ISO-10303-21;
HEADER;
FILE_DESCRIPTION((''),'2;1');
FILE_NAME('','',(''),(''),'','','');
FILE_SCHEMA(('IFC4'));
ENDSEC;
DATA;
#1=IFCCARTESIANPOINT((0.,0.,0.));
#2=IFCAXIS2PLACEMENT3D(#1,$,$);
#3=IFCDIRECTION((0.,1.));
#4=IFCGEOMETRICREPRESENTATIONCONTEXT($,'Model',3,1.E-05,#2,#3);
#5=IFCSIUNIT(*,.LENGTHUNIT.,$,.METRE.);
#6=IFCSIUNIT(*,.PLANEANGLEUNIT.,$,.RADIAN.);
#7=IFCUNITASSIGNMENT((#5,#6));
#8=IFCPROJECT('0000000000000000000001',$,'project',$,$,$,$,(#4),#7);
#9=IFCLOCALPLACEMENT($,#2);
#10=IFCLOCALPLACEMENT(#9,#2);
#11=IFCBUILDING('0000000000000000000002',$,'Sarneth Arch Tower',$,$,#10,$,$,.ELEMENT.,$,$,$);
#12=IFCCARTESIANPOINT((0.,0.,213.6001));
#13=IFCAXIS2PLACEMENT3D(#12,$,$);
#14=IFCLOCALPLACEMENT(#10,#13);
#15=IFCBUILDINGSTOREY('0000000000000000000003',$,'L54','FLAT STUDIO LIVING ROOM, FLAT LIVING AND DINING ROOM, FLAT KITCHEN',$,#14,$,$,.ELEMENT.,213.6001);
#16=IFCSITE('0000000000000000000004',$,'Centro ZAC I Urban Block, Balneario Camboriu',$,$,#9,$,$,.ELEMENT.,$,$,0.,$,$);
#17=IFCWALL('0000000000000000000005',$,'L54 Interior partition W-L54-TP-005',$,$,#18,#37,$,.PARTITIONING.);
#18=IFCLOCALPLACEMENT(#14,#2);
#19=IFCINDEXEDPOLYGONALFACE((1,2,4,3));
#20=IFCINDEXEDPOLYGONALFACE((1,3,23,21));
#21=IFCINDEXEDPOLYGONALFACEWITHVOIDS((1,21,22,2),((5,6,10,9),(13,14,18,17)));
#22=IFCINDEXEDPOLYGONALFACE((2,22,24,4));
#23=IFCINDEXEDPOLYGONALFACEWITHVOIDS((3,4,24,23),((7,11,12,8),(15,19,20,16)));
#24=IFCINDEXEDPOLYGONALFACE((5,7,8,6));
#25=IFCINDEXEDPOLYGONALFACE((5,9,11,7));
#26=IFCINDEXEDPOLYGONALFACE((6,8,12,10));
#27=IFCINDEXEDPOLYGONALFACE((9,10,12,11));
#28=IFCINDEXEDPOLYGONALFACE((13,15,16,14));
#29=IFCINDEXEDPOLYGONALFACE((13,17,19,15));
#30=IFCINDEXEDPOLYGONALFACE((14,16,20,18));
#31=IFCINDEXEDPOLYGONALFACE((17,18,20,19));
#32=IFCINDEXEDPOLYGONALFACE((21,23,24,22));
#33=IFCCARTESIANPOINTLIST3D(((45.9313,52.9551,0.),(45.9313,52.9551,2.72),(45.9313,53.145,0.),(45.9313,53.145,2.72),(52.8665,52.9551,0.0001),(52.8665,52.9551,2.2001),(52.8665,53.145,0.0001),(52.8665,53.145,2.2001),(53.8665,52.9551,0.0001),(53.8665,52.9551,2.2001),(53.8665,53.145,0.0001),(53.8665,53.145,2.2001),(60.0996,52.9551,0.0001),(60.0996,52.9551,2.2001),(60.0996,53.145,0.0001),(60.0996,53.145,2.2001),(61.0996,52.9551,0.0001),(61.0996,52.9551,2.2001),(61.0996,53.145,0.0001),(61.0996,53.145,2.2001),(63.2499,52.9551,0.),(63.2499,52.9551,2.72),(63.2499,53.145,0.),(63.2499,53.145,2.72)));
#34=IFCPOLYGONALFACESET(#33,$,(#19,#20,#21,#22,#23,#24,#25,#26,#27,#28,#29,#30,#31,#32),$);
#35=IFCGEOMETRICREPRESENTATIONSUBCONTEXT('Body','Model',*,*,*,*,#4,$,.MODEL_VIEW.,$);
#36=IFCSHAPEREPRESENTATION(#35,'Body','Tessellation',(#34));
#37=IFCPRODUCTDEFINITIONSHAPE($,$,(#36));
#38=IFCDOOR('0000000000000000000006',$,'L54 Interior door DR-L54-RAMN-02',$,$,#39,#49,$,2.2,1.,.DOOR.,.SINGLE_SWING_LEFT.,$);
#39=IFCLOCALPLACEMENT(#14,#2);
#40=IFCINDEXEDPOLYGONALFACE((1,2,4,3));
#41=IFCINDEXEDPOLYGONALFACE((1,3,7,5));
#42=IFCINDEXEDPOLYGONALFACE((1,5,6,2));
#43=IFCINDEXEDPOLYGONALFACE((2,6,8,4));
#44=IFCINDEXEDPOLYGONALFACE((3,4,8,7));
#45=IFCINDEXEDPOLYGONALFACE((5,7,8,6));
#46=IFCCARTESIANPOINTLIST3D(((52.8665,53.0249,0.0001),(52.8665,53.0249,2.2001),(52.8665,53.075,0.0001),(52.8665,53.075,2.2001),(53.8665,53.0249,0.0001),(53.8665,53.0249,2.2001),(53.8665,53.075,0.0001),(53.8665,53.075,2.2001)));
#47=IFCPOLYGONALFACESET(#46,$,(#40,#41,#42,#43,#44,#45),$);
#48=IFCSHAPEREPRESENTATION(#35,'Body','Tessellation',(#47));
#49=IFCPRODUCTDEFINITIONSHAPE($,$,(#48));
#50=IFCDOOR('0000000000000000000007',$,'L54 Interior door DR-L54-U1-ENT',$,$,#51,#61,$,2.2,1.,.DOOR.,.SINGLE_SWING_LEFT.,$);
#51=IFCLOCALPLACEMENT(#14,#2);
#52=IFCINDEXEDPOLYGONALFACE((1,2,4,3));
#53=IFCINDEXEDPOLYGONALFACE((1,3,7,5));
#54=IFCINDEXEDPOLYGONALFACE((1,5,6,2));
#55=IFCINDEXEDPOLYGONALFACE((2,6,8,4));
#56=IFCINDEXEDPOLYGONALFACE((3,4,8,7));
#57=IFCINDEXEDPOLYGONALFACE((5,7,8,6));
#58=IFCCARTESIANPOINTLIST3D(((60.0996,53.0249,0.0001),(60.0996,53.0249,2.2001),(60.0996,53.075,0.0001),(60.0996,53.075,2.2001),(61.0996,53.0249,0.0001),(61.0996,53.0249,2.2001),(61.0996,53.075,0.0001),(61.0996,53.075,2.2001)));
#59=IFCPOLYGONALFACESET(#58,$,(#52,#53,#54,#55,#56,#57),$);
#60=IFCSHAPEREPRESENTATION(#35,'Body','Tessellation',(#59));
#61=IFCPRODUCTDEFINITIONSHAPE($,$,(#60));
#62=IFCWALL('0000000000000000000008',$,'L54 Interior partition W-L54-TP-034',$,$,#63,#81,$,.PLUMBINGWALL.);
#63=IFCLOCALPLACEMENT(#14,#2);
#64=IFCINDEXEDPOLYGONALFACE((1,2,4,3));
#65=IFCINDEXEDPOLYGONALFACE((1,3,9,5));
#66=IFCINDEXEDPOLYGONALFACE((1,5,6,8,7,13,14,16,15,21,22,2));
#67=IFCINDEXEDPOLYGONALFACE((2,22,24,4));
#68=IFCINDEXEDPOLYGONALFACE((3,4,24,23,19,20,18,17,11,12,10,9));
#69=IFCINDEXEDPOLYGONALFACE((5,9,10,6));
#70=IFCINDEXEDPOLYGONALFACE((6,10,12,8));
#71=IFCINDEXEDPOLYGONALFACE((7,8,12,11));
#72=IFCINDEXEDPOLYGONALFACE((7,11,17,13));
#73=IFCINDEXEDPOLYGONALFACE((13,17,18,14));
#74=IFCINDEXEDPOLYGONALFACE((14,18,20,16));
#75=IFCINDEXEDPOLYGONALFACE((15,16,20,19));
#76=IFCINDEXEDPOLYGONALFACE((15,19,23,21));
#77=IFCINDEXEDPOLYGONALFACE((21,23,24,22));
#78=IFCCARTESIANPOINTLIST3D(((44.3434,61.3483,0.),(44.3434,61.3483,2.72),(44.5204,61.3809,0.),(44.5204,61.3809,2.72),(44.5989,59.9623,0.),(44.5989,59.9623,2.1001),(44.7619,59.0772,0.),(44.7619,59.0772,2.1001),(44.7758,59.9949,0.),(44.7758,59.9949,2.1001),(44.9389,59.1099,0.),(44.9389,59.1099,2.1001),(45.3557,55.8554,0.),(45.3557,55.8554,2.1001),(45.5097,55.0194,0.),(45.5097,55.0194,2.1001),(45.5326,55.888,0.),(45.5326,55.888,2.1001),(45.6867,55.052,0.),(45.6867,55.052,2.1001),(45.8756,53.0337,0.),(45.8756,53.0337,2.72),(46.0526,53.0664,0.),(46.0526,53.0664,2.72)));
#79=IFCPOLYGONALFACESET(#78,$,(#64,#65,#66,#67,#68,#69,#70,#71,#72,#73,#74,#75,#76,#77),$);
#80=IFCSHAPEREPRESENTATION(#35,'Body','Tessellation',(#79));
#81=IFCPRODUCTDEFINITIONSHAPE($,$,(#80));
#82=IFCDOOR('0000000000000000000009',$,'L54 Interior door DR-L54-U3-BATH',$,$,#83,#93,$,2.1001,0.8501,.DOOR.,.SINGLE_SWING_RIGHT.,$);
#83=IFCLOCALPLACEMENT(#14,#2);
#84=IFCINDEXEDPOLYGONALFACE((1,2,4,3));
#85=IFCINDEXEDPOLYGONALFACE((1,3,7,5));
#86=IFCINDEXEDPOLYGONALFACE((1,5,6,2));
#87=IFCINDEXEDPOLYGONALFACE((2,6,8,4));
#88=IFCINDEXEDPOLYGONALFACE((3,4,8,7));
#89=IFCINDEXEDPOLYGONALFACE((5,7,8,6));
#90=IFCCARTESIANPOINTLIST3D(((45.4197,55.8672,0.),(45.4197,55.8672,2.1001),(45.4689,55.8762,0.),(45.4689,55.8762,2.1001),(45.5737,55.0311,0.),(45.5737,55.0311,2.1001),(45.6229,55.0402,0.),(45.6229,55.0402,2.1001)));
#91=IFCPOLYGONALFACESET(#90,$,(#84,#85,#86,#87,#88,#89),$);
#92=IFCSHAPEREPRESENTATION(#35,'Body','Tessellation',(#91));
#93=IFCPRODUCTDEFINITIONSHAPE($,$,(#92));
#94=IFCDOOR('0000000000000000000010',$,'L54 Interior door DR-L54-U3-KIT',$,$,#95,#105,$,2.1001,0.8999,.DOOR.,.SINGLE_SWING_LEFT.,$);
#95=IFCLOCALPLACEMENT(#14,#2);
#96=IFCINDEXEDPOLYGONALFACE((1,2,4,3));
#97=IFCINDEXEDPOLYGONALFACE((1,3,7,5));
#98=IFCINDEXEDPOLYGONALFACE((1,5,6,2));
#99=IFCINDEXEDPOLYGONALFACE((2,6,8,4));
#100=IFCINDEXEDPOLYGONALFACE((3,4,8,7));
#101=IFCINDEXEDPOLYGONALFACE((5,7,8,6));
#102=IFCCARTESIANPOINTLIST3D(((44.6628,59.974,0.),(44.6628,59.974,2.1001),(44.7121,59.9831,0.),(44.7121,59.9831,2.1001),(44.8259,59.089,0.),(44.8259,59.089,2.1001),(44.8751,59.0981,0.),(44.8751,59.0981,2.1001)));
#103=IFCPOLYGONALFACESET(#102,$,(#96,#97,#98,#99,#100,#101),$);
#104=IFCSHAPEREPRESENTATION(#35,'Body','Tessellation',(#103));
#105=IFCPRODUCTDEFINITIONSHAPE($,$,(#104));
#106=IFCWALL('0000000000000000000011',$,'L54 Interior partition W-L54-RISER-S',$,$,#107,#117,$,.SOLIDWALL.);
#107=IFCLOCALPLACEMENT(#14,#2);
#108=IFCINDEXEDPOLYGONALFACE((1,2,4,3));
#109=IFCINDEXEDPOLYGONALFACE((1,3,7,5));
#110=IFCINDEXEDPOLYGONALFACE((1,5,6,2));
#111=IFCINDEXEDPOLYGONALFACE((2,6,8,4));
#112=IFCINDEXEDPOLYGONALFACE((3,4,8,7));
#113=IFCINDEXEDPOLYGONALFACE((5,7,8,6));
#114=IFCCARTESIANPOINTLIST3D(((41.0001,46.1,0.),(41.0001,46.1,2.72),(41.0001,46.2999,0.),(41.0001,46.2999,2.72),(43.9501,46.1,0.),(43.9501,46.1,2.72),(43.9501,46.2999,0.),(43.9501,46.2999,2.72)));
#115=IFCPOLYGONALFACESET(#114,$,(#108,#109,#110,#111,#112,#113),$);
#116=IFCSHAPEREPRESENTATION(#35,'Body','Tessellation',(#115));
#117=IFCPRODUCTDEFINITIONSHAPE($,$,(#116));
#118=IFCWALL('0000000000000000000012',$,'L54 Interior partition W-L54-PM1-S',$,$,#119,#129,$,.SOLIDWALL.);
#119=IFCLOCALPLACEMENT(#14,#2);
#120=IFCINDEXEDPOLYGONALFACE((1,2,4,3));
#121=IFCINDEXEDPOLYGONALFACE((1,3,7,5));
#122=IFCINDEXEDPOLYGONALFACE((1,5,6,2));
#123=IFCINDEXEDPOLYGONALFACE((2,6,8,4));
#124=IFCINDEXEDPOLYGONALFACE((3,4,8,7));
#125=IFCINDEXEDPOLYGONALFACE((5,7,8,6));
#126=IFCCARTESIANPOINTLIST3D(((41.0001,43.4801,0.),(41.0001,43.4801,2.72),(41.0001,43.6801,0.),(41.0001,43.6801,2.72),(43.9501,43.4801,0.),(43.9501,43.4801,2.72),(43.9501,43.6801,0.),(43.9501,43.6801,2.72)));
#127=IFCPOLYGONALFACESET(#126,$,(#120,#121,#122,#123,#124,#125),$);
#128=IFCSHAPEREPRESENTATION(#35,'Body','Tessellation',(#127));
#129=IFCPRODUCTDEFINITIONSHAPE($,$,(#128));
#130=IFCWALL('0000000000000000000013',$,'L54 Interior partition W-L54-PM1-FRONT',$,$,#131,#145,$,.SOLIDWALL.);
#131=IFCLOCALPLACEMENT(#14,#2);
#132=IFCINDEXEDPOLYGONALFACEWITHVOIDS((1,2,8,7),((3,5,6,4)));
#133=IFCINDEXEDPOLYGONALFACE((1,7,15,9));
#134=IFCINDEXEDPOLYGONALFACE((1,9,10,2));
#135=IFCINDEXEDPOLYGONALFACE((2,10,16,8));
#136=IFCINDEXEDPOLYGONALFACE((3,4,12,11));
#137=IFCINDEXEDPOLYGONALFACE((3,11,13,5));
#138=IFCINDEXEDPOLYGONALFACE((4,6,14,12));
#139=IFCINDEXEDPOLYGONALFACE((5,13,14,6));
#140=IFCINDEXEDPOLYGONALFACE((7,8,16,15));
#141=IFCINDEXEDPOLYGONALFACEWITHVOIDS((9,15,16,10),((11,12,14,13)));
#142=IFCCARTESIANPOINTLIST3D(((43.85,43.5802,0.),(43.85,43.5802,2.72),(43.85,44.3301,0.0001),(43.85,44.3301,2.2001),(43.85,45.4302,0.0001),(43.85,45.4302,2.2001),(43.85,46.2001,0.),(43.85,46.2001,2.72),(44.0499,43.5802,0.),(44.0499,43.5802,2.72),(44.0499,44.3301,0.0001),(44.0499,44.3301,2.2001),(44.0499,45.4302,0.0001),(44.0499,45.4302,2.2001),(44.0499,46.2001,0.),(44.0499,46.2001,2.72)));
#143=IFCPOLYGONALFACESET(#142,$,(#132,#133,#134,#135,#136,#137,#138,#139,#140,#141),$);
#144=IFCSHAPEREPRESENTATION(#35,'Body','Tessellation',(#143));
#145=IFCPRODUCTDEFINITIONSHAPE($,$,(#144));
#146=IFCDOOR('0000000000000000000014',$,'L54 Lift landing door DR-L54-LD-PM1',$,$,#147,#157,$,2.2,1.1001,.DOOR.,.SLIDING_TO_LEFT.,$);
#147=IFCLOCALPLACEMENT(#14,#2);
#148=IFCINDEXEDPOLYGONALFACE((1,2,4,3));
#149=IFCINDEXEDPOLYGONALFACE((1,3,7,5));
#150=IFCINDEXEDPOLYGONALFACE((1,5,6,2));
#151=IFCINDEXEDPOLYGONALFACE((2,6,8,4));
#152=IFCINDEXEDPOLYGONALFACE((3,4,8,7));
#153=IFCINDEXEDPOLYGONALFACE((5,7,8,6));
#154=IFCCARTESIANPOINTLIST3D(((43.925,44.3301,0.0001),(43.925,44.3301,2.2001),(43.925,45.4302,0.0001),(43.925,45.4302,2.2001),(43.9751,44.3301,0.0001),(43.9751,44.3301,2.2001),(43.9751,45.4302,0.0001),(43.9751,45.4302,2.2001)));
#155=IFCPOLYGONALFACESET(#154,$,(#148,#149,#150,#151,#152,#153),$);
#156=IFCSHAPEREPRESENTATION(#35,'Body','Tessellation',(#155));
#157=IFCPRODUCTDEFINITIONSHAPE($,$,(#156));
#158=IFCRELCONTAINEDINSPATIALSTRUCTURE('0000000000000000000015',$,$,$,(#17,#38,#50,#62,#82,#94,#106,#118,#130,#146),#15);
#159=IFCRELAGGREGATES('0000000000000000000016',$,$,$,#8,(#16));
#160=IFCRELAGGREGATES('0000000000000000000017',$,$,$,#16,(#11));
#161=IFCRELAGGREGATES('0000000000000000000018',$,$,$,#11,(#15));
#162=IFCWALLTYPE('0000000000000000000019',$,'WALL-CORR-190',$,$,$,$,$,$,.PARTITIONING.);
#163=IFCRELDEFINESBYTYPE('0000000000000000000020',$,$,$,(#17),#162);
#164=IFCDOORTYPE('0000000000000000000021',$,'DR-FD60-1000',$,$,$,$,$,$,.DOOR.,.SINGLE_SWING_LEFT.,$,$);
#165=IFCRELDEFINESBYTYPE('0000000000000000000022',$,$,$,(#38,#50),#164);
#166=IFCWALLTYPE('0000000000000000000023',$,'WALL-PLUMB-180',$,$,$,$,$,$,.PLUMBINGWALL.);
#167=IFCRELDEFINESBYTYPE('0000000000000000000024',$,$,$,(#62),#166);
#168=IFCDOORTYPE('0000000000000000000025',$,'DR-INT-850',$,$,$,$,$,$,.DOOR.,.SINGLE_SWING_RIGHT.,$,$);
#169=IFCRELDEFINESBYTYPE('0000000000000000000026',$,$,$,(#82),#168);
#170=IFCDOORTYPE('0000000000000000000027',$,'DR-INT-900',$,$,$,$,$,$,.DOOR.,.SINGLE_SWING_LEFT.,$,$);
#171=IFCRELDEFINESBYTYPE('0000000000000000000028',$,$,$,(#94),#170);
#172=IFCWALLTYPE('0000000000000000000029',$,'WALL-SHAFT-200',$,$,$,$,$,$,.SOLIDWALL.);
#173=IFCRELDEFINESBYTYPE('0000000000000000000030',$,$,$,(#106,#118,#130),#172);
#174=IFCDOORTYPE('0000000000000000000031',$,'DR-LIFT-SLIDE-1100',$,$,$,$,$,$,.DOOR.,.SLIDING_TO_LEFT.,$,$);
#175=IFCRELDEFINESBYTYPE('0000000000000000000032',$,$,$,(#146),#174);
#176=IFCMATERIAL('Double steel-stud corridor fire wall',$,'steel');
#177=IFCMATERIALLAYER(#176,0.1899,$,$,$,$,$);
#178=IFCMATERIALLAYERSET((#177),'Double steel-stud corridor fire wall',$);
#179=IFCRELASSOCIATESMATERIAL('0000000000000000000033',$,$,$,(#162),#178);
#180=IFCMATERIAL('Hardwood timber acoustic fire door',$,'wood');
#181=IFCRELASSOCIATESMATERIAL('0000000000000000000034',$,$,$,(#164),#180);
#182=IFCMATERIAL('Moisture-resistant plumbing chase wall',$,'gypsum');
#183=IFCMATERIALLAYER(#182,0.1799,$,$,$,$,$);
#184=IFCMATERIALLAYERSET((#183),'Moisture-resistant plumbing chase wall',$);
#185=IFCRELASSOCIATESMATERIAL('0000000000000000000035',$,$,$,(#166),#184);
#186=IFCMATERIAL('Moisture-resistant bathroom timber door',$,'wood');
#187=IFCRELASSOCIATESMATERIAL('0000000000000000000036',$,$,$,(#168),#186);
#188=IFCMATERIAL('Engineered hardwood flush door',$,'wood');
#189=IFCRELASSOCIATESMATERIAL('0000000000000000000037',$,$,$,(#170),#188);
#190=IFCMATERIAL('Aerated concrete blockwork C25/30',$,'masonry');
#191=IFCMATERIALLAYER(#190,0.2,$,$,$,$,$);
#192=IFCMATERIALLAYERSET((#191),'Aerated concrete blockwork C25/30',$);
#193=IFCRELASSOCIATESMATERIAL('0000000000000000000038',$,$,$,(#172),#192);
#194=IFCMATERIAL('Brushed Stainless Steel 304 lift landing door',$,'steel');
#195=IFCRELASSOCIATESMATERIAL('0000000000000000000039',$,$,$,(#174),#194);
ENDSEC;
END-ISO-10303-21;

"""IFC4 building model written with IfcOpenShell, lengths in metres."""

from ifc_helpers import new_model, si_unit, direction, frame, frame_2d, origin, place, context, subcontext, project, spatial, rectangle, extrude, material, layer, layer_set, type_object, element, fill, save


model = new_model("IFC4")

# Units and contexts
model_context = context("Model", 3, precision=1e-05, world=origin(), true_north=direction((0.0, 1.0)))
body_context = subcontext(model_context, "Body", "Model", "MODEL_VIEW")
ifc_project = project(units=[si_unit("LENGTHUNIT", "METRE"), si_unit("PLANEANGLEUNIT", "RADIAN")], contexts=[model_context])

# Site, building, storey
site_placement = place(None, origin())
site = spatial("IfcSite", under=ifc_project, at=site_placement, Name="Centro ZAC I Urban Block, Balneario Camboriu", CompositionType="ELEMENT", RefElevation=0.0)
building_placement = place(site_placement, origin())
building = spatial("IfcBuilding", under=site, at=building_placement, Name="Sarneth Arch Tower", CompositionType="ELEMENT")
storey_placement = place(building_placement, frame((0.0, 0.0, 213.6001)))
storey = spatial("IfcBuildingStorey", under=building, at=storey_placement, Name="L54", Description="FLAT STUDIO LIVING ROOM, FLAT LIVING AND DINING ROOM, FLAT KITCHEN", CompositionType="ELEMENT", Elevation=213.6001)

# Walls, openings, doors
ifc_material_1 = material(Name="Double steel-stud corridor fire wall", Category="steel")
ifc_layer_1 = layer(ifc_material_1, 0.1899)
ifc_layer_set_1 = layer_set([ifc_layer_1], Name="Double steel-stud corridor fire wall")
wall_type_1 = type_object("IfcWallType", Name="WALL-CORR-190", PredefinedType="PARTITIONING", material=ifc_layer_set_1)
wall_1_placement = place(storey_placement, frame((45.9314, 53.05, 0.0), z_axis=(0.0, 0.0, 1.0), x_axis=(1.0, 0.0, 0.0)))
wall_1 = element("IfcWall", 1, at=wall_1_placement, inside=storey, type_object=wall_type_1, Name="L54 Interior partition W-L54-TP-005", PredefinedType="PARTITIONING", context=body_context, shape_type="SweptSolid", body=[
    extrude(rectangle(XDim=17.3186, YDim=0.1899, at=frame_2d((8.6592, 0.0))), origin(), (0.0, 0.0, 1.0), 2.72),
])
opening_1_placement = place(wall_1_placement, frame((6.9351, 0.0, 0.0)))
opening_1 = element("IfcOpeningElement", 2, at=opening_1_placement, cuts=wall_1, PredefinedType="OPENING", context=body_context, shape_type="SweptSolid", body=[
    extrude(rectangle(XDim=1.0, YDim=2.2, at=frame_2d((0.5, 1.1001))), frame((0.0, 0.105, 0.0), z_axis=(0.0, -1.0, 0.0), x_axis=(1.0, 0.0, 0.0)), (0.0, 0.0, 1.0), 0.21),
])
opening_2_placement = place(wall_1_placement, frame((14.1682, 0.0, 0.0)))
opening_2 = element("IfcOpeningElement", 3, at=opening_2_placement, cuts=wall_1, PredefinedType="OPENING", context=body_context, shape_type="SweptSolid", body=[
    extrude(rectangle(XDim=1.0, YDim=2.2, at=frame_2d((0.5, 1.1001))), frame((0.0, 0.105, 0.0), z_axis=(0.0, -1.0, 0.0), x_axis=(1.0, 0.0, 0.0)), (0.0, 0.0, 1.0), 0.21),
])
ifc_material_2 = material(Name="Hardwood timber acoustic fire door", Category="wood")
door_type_1 = type_object("IfcDoorType", Name="DR-FD60-1000", OperationType="SINGLE_SWING_LEFT", PredefinedType="DOOR", material=ifc_material_2)
door_1_placement = place(opening_1_placement, origin())
door_1 = element("IfcDoor", 4, at=door_1_placement, inside=storey, type_object=door_type_1, Name="L54 Interior door DR-L54-RAMN-02", OperationType="SINGLE_SWING_LEFT", OverallHeight=2.2, OverallWidth=1.0, PredefinedType="DOOR", context=body_context, shape_type="SweptSolid", body=[
    extrude(rectangle(XDim=1.0, YDim=2.2, at=frame_2d((0.5, 1.1001))), frame((0.0, 0.0249, 0.0), z_axis=(0.0, -1.0, 0.0), x_axis=(1.0, 0.0, 0.0)), (0.0, 0.0, 1.0), 0.05),
])
fill(opening_1, door_1)
door_2_placement = place(opening_2_placement, origin())
door_2 = element("IfcDoor", 5, at=door_2_placement, inside=storey, type_object=door_type_1, Name="L54 Interior door DR-L54-U1-ENT", OperationType="SINGLE_SWING_LEFT", OverallHeight=2.2, OverallWidth=1.0, PredefinedType="DOOR", context=body_context, shape_type="SweptSolid", body=[
    extrude(rectangle(XDim=1.0, YDim=2.2, at=frame_2d((0.5, 1.1001))), frame((0.0, 0.0249, 0.0), z_axis=(0.0, -1.0, 0.0), x_axis=(1.0, 0.0, 0.0)), (0.0, 0.0, 1.0), 0.05),
])
fill(opening_2, door_2)
ifc_material_3 = material(Name="Moisture-resistant plumbing chase wall", Category="gypsum")
ifc_layer_2 = layer(ifc_material_3, 0.1799)
ifc_layer_set_2 = layer_set([ifc_layer_2], Name="Moisture-resistant plumbing chase wall")
wall_type_2 = type_object("IfcWallType", Name="WALL-PLUMB-180", PredefinedType="PLUMBINGWALL", material=ifc_layer_set_2)
wall_2_placement = place(storey_placement, frame((45.9641, 53.05, 0.0), z_axis=(0.0, 0.0, 1.0), x_axis=(-0.181228, 0.983441, 0.0)))
wall_2 = element("IfcWall", 6, at=wall_2_placement, inside=storey, type_object=wall_type_2, Name="L54 Interior partition W-L54-TP-034", PredefinedType="PLUMBINGWALL", context=body_context, shape_type="SweptSolid", body=[
    extrude(rectangle(XDim=8.4546, YDim=0.1799, at=frame_2d((4.2273, 0.0))), origin(), (0.0, 0.0, 1.0), 2.72),
])
opening_3_placement = place(wall_2_placement, frame((2.019, 0.0, 0.0)))
opening_3 = element("IfcOpeningElement", 7, at=opening_3_placement, cuts=wall_2, PredefinedType="OPENING", context=body_context, shape_type="SweptSolid", body=[
    extrude(rectangle(XDim=0.8501, YDim=2.1001, at=frame_2d((0.425, 1.05))), frame((0.0, 0.0999, 0.0), z_axis=(0.0, -1.0, 0.0), x_axis=(1.0, 0.0, 0.0)), (0.0, 0.0, 1.0), 0.2),
])
opening_4_placement = place(wall_2_placement, frame((6.1453, 0.0, 0.0)))
opening_4 = element("IfcOpeningElement", 8, at=opening_4_placement, cuts=wall_2, PredefinedType="OPENING", context=body_context, shape_type="SweptSolid", body=[
    extrude(rectangle(XDim=0.8999, YDim=2.1001, at=frame_2d((0.45, 1.05))), frame((0.0, 0.0999, 0.0), z_axis=(0.0, -1.0, 0.0), x_axis=(1.0, 0.0, 0.0)), (0.0, 0.0, 1.0), 0.2),
])
ifc_material_4 = material(Name="Moisture-resistant bathroom timber door", Category="wood")
door_type_2 = type_object("IfcDoorType", Name="DR-INT-850", OperationType="SINGLE_SWING_RIGHT", PredefinedType="DOOR", material=ifc_material_4)
door_3_placement = place(opening_3_placement, origin())
door_3 = element("IfcDoor", 9, at=door_3_placement, inside=storey, type_object=door_type_2, Name="L54 Interior door DR-L54-U3-BATH", OperationType="SINGLE_SWING_RIGHT", OverallHeight=2.1001, OverallWidth=0.8501, PredefinedType="DOOR", context=body_context, shape_type="SweptSolid", body=[
    extrude(rectangle(XDim=0.8501, YDim=2.1001, at=frame_2d((0.425, 1.05))), frame((0.0, 0.0249, 0.0), z_axis=(0.0, -1.0, 0.0), x_axis=(1.0, 0.0, 0.0)), (0.0, 0.0, 1.0), 0.05),
])
fill(opening_3, door_3)
ifc_material_5 = material(Name="Engineered hardwood flush door", Category="wood")
door_type_3 = type_object("IfcDoorType", Name="DR-INT-900", OperationType="SINGLE_SWING_LEFT", PredefinedType="DOOR", material=ifc_material_5)
door_4_placement = place(opening_4_placement, origin())
door_4 = element("IfcDoor", 10, at=door_4_placement, inside=storey, type_object=door_type_3, Name="L54 Interior door DR-L54-U3-KIT", OperationType="SINGLE_SWING_LEFT", OverallHeight=2.1001, OverallWidth=0.8999, PredefinedType="DOOR", context=body_context, shape_type="SweptSolid", body=[
    extrude(rectangle(XDim=0.8999, YDim=2.1001, at=frame_2d((0.45, 1.05))), frame((0.0, 0.0249, 0.0), z_axis=(0.0, -1.0, 0.0), x_axis=(1.0, 0.0, 0.0)), (0.0, 0.0, 1.0), 0.05),
])
fill(opening_4, door_4)

# Wall
ifc_material_6 = material(Name="Aerated concrete blockwork C25/30", Category="masonry")
ifc_layer_3 = layer(ifc_material_6, 0.2)
ifc_layer_set_3 = layer_set([ifc_layer_3], Name="Aerated concrete blockwork C25/30")
wall_type_3 = type_object("IfcWallType", Name="WALL-SHAFT-200", PredefinedType="SOLIDWALL", material=ifc_layer_set_3)
wall_3_placement = place(storey_placement, frame((41.0, 46.2, 0.0), z_axis=(0.0, 0.0, 1.0), x_axis=(1.0, 0.0, 0.0)))
element("IfcWall", 11, at=wall_3_placement, inside=storey, type_object=wall_type_3, Name="L54 Interior partition W-L54-RISER-S", PredefinedType="SOLIDWALL", context=body_context, shape_type="SweptSolid", body=[
    extrude(rectangle(XDim=2.95, YDim=0.2, at=frame_2d((1.4751, 0.0))), origin(), (0.0, 0.0, 1.0), 2.72),
])

# Wall
wall_4_placement = place(storey_placement, frame((41.0, 43.5801, 0.0), z_axis=(0.0, 0.0, 1.0), x_axis=(1.0, 0.0, 0.0)))
element("IfcWall", 12, at=wall_4_placement, inside=storey, type_object=wall_type_3, Name="L54 Interior partition W-L54-PM1-S", PredefinedType="SOLIDWALL", context=body_context, shape_type="SweptSolid", body=[
    extrude(rectangle(XDim=2.95, YDim=0.2, at=frame_2d((1.4751, 0.0))), origin(), (0.0, 0.0, 1.0), 2.72),
])

# Wall, opening, door
wall_5_placement = place(storey_placement, frame((43.95, 43.5801, 0.0), z_axis=(0.0, 0.0, 1.0), x_axis=(0.0, 1.0, 0.0)))
wall_5 = element("IfcWall", 13, at=wall_5_placement, inside=storey, type_object=wall_type_3, Name="L54 Interior partition W-L54-PM1-FRONT", PredefinedType="SOLIDWALL", context=body_context, shape_type="SweptSolid", body=[
    extrude(rectangle(XDim=2.6199, YDim=0.2, at=frame_2d((1.3101, 0.0))), origin(), (0.0, 0.0, 1.0), 2.72),
])
opening_5_placement = place(wall_5_placement, frame((0.75, 0.0, 0.0)))
opening_5 = element("IfcOpeningElement", 14, at=opening_5_placement, cuts=wall_5, PredefinedType="OPENING", context=body_context, shape_type="SweptSolid", body=[
    extrude(rectangle(XDim=1.1001, YDim=2.2, at=frame_2d((0.55, 1.1001))), frame((0.0, 0.1099, 0.0), z_axis=(0.0, -1.0, 0.0), x_axis=(1.0, 0.0, 0.0)), (0.0, 0.0, 1.0), 0.22),
])
ifc_material_7 = material(Name="Brushed Stainless Steel 304 lift landing door", Category="steel")
door_type_4 = type_object("IfcDoorType", Name="DR-LIFT-SLIDE-1100", OperationType="SLIDING_TO_LEFT", PredefinedType="DOOR", material=ifc_material_7)
door_5_placement = place(opening_5_placement, origin())
door_5 = element("IfcDoor", 15, at=door_5_placement, inside=storey, type_object=door_type_4, Name="L54 Lift landing door DR-L54-LD-PM1", OperationType="SLIDING_TO_LEFT", OverallHeight=2.2, OverallWidth=1.1001, PredefinedType="DOOR", context=body_context, shape_type="SweptSolid", body=[
    extrude(rectangle(XDim=1.1001, YDim=2.2, at=frame_2d((0.55, 1.1001))), frame((0.0, 0.0249, 0.0), z_axis=(0.0, -1.0, 0.0), x_axis=(1.0, 0.0, 0.0)), (0.0, 0.0, 1.0), 0.05),
])
fill(opening_5, door_5)

save(model, "model.ifc")
